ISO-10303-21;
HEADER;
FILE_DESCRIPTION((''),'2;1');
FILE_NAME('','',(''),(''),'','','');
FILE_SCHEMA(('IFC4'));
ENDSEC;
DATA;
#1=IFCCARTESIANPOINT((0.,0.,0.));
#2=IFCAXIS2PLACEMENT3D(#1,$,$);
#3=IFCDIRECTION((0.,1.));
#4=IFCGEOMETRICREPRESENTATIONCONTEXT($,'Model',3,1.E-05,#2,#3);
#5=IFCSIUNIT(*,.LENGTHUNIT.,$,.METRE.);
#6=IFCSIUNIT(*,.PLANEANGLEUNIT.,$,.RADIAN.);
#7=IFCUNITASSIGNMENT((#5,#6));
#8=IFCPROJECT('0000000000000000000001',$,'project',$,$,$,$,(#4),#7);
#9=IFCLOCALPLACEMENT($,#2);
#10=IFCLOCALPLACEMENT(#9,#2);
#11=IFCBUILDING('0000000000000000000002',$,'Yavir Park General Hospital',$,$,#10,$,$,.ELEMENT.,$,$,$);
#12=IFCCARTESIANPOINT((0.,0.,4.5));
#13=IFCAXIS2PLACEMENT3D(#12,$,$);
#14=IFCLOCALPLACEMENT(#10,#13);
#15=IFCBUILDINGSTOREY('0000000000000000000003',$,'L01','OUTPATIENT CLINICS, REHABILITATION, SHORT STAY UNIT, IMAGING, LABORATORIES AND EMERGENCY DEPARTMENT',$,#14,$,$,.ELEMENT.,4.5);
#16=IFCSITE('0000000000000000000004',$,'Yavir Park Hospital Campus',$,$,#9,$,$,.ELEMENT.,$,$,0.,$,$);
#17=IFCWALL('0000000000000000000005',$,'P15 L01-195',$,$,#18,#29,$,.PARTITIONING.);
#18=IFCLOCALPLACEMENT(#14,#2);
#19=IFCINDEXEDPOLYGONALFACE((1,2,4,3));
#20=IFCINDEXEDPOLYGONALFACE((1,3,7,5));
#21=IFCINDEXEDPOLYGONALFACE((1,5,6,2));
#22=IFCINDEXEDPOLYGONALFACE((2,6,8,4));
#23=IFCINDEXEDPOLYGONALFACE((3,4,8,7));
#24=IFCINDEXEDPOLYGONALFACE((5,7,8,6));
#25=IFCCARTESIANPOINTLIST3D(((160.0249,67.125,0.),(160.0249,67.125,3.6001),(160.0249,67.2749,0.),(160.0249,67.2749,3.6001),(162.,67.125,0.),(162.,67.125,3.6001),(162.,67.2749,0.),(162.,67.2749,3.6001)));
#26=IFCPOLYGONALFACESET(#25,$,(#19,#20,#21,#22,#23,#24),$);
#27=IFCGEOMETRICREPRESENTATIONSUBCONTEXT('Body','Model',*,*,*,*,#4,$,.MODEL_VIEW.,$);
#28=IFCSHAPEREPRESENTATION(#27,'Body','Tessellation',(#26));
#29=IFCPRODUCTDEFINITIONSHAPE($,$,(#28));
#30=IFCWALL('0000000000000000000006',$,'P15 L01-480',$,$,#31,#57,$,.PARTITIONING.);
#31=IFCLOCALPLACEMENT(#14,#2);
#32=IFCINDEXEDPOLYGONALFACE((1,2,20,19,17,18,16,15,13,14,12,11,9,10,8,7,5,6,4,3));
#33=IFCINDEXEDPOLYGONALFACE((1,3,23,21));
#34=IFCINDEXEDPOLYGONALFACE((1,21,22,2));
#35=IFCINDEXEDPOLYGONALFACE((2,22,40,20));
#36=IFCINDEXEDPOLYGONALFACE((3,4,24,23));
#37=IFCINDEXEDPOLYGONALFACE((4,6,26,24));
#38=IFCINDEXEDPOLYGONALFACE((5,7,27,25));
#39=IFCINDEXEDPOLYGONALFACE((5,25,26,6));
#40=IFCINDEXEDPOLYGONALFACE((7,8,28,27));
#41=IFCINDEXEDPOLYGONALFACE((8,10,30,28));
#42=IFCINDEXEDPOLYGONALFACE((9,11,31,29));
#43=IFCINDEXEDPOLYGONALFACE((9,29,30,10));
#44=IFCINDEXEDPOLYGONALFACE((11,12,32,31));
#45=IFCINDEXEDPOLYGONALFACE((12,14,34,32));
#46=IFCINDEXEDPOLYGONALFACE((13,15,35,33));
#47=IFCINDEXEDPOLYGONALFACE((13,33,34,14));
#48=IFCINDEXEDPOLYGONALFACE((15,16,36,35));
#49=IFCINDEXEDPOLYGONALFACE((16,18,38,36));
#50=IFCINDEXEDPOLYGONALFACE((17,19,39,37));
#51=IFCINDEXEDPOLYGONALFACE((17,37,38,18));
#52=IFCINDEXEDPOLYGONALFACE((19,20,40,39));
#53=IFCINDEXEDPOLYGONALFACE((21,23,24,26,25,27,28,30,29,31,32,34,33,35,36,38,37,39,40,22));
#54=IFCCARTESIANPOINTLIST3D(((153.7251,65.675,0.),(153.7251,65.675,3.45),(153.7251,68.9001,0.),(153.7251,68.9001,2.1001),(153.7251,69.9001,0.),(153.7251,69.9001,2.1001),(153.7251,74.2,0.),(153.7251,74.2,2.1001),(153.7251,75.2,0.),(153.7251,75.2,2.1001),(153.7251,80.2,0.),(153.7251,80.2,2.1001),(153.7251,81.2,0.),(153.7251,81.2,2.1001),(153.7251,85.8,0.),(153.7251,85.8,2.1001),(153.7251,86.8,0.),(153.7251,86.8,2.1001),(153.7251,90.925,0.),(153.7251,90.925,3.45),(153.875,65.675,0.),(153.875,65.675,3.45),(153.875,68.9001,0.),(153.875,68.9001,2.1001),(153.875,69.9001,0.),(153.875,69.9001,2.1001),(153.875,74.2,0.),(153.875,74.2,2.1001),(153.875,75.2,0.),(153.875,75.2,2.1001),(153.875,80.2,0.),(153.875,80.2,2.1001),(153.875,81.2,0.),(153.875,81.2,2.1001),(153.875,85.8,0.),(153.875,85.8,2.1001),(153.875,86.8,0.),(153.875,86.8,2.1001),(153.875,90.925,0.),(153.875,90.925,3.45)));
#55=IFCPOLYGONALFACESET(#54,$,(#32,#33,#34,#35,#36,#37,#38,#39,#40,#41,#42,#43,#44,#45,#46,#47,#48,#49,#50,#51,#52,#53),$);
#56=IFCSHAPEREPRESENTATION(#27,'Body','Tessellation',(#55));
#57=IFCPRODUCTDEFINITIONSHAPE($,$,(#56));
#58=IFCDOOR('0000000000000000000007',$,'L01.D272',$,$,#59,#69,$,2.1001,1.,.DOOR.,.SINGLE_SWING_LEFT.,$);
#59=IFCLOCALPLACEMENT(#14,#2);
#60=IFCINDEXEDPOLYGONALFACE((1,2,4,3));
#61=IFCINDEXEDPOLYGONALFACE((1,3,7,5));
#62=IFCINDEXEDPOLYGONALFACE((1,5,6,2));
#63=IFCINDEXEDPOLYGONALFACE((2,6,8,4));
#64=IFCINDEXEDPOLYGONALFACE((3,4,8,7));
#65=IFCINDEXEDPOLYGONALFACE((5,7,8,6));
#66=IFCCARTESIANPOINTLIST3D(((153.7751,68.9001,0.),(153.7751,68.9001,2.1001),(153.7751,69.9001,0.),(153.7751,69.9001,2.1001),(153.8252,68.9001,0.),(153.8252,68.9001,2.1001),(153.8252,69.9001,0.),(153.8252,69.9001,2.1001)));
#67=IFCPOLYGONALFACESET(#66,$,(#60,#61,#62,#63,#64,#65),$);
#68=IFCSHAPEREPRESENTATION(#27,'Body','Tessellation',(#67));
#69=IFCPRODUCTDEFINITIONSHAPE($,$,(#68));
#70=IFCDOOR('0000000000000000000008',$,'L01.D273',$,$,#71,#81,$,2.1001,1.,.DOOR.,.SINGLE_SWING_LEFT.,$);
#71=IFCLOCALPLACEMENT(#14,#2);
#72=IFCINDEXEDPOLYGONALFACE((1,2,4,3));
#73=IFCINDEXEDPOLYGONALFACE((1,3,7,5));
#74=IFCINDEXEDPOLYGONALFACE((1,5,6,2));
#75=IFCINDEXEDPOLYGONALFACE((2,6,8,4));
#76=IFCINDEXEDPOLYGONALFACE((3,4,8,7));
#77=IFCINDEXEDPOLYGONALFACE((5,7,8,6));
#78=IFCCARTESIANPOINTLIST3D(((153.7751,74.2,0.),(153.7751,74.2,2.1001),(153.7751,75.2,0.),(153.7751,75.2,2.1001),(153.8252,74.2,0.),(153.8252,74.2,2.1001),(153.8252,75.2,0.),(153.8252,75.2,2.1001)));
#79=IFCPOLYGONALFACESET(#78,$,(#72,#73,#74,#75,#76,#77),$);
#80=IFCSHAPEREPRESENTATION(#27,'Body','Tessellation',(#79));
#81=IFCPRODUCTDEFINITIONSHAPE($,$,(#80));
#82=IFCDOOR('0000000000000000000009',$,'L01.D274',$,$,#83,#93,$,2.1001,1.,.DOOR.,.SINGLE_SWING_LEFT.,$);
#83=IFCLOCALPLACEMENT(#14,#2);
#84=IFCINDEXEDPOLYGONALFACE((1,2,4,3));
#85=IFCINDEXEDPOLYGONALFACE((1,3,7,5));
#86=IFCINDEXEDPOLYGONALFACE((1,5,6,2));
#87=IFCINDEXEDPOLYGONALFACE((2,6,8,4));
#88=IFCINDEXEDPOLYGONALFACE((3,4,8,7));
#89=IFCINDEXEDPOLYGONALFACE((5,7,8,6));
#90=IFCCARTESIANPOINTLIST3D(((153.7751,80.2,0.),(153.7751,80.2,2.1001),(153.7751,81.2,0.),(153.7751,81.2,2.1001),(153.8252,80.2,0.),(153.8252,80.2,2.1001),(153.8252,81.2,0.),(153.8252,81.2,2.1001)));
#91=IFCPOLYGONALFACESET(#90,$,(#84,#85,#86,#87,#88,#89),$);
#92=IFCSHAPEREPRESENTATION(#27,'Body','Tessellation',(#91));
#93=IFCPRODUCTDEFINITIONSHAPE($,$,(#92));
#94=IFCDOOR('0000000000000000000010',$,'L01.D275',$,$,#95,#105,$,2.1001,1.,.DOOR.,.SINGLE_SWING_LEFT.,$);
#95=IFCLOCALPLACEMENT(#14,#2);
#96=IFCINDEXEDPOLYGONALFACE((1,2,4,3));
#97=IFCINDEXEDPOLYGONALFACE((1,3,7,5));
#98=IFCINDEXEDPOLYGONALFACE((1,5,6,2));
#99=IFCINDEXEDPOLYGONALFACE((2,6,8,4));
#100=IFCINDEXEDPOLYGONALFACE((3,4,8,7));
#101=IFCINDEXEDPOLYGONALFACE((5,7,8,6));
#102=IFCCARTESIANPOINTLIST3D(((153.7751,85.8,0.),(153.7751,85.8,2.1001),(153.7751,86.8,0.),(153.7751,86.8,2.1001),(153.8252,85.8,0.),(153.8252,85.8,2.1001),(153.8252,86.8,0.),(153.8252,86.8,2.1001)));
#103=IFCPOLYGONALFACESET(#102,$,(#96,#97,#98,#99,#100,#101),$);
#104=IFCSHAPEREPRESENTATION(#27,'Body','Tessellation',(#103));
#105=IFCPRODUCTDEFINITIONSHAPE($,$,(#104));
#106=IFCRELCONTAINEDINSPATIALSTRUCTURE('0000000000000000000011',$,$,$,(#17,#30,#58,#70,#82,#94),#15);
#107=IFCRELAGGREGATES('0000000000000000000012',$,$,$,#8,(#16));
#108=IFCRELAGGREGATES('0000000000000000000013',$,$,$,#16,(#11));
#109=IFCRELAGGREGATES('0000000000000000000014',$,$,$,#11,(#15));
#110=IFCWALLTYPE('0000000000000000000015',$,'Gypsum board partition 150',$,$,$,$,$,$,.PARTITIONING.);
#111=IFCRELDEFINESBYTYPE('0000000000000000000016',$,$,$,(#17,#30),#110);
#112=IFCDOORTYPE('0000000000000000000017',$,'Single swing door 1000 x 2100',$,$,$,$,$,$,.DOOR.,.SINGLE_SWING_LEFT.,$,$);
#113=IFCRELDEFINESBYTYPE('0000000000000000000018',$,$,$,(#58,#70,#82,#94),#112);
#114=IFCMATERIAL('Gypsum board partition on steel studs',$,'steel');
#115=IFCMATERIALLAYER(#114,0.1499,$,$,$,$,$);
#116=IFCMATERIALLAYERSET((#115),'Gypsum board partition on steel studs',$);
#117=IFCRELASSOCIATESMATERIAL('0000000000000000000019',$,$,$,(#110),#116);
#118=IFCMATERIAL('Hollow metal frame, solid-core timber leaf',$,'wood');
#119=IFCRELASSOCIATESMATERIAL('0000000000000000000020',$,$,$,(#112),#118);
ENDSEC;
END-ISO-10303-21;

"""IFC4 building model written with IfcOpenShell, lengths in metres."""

from ifc_helpers import new_model, si_unit, direction, frame, frame_2d, origin, place, context, subcontext, project, spatial, rectangle, extrude, material, layer, layer_set, type_object, element, fill, save


model = new_model("IFC4")

# Units and contexts
model_context = context("Model", 3, precision=1e-05, world=origin(), true_north=direction((0.0, 1.0)))
body_context = subcontext(model_context, "Body", "Model", "MODEL_VIEW")
ifc_project = project(units=[si_unit("LENGTHUNIT", "METRE"), si_unit("PLANEANGLEUNIT", "RADIAN")], contexts=[model_context])

# Site, building, storey
site_placement = place(None, origin())
site = spatial("IfcSite", under=ifc_project, at=site_placement, Name="Yavir Park Hospital Campus", CompositionType="ELEMENT", RefElevation=0.0)
building_placement = place(site_placement, origin())
building = spatial("IfcBuilding", under=site, at=building_placement, Name="Yavir Park General Hospital", CompositionType="ELEMENT")
storey_placement = place(building_placement, frame((0.0, 0.0, 4.5)))
storey = spatial("IfcBuildingStorey", under=building, at=storey_placement, Name="L01", Description="OUTPATIENT CLINICS, REHABILITATION, SHORT STAY UNIT, IMAGING, LABORATORIES AND EMERGENCY DEPARTMENT", CompositionType="ELEMENT", Elevation=4.5)

# Wall
ifc_material_1 = material(Name="Gypsum board partition on steel studs", Category="steel")
ifc_layer_1 = layer(ifc_material_1, 0.1499)
ifc_layer_set_1 = layer_set([ifc_layer_1], Name="Gypsum board partition on steel studs")
wall_type_1 = type_object("IfcWallType", Name="Gypsum board partition 150", PredefinedType="PARTITIONING", material=ifc_layer_set_1)
wall_1_placement = place(storey_placement, frame((160.0249, 67.2, 0.0), z_axis=(0.0, 0.0, 1.0), x_axis=(1.0, 0.0, 0.0)))
element("IfcWall", 1, at=wall_1_placement, inside=storey, type_object=wall_type_1, Name="P15 L01-195", PredefinedType="PARTITIONING", context=body_context, shape_type="SweptSolid", body=[
    extrude(rectangle(XDim=1.9751, YDim=0.1499, at=frame_2d((0.9875, 0.0))), origin(), (0.0, 0.0, 1.0), 3.6001),
])

# Wall, openings, doors
wall_2_placement = place(storey_placement, frame((153.8, 65.675, 0.0), z_axis=(0.0, 0.0, 1.0), x_axis=(0.0, 1.0, 0.0)))
wall_2 = element("IfcWall", 2, at=wall_2_placement, inside=storey, type_object=wall_type_1, Name="P15 L01-480", PredefinedType="PARTITIONING", context=body_context, shape_type="SweptSolid", body=[
    extrude(rectangle(XDim=25.25, YDim=0.1499, at=frame_2d((12.625, 0.0))), origin(), (0.0, 0.0, 1.0), 3.45),
])
opening_1_placement = place(wall_2_placement, frame((3.2251, 0.0, 0.0)))
opening_1 = element("IfcOpeningElement", 3, at=opening_1_placement, cuts=wall_2, PredefinedType="OPENING", context=body_context, shape_type="SweptSolid", body=[
    extrude(rectangle(XDim=1.0, YDim=2.1001, at=frame_2d((0.5, 1.05))), frame((0.0, 0.085, 0.0), z_axis=(0.0, -1.0, 0.0), x_axis=(1.0, 0.0, 0.0)), (0.0, 0.0, 1.0), 0.1699),
])
opening_2_placement = place(wall_2_placement, frame((8.5249, 0.0, 0.0)))
opening_2 = element("IfcOpeningElement", 4, at=opening_2_placement, cuts=wall_2, PredefinedType="OPENING", context=body_context, shape_type="SweptSolid", body=[
    extrude(rectangle(XDim=1.0, YDim=2.1001, at=frame_2d((0.5, 1.05))), frame((0.0, 0.085, 0.0), z_axis=(0.0, -1.0, 0.0), x_axis=(1.0, 0.0, 0.0)), (0.0, 0.0, 1.0), 0.1699),
])
opening_3_placement = place(wall_2_placement, frame((14.5249, 0.0, 0.0)))
opening_3 = element("IfcOpeningElement", 5, at=opening_3_placement, cuts=wall_2, PredefinedType="OPENING", context=body_context, shape_type="SweptSolid", body=[
    extrude(rectangle(XDim=1.0, YDim=2.1001, at=frame_2d((0.5, 1.05))), frame((0.0, 0.085, 0.0), z_axis=(0.0, -1.0, 0.0), x_axis=(1.0, 0.0, 0.0)), (0.0, 0.0, 1.0), 0.1699),
])
opening_4_placement = place(wall_2_placement, frame((20.125, 0.0, 0.0)))
opening_4 = element("IfcOpeningElement", 6, at=opening_4_placement, cuts=wall_2, PredefinedType="OPENING", context=body_context, shape_type="SweptSolid", body=[
    extrude(rectangle(XDim=1.0, YDim=2.1001, at=frame_2d((0.5, 1.05))), frame((0.0, 0.085, 0.0), z_axis=(0.0, -1.0, 0.0), x_axis=(1.0, 0.0, 0.0)), (0.0, 0.0, 1.0), 0.1699),
])
ifc_material_2 = material(Name="Hollow metal frame, solid-core timber leaf", Category="wood")
door_type_1 = type_object("IfcDoorType", Name="Single swing door 1000 x 2100", OperationType="SINGLE_SWING_LEFT", PredefinedType="DOOR", material=ifc_material_2)
door_1_placement = place(opening_1_placement, origin())
door_1 = element("IfcDoor", 7, at=door_1_placement, inside=storey, type_object=door_type_1, Name="L01.D272", OperationType="SINGLE_SWING_LEFT", OverallHeight=2.1001, OverallWidth=1.0, PredefinedType="DOOR", context=body_context, shape_type="SweptSolid", body=[
    extrude(rectangle(XDim=1.0, YDim=2.1001, at=frame_2d((0.5, 1.05))), frame((0.0, 0.0249, 0.0), z_axis=(0.0, -1.0, 0.0), x_axis=(1.0, 0.0, 0.0)), (0.0, 0.0, 1.0), 0.05),
])
fill(opening_1, door_1)
door_2_placement = place(opening_2_placement, origin())
door_2 = element("IfcDoor", 8, at=door_2_placement, inside=storey, type_object=door_type_1, Name="L01.D273", OperationType="SINGLE_SWING_LEFT", OverallHeight=2.1001, OverallWidth=1.0, PredefinedType="DOOR", context=body_context, shape_type="SweptSolid", body=[
    extrude(rectangle(XDim=1.0, YDim=2.1001, at=frame_2d((0.5, 1.05))), frame((0.0, 0.0249, 0.0), z_axis=(0.0, -1.0, 0.0), x_axis=(1.0, 0.0, 0.0)), (0.0, 0.0, 1.0), 0.05),
])
fill(opening_2, door_2)
door_3_placement = place(opening_3_placement, origin())
door_3 = element("IfcDoor", 9, at=door_3_placement, inside=storey, type_object=door_type_1, Name="L01.D274", OperationType="SINGLE_SWING_LEFT", OverallHeight=2.1001, OverallWidth=1.0, PredefinedType="DOOR", context=body_context, shape_type="SweptSolid", body=[
    extrude(rectangle(XDim=1.0, YDim=2.1001, at=frame_2d((0.5, 1.05))), frame((0.0, 0.0249, 0.0), z_axis=(0.0, -1.0, 0.0), x_axis=(1.0, 0.0, 0.0)), (0.0, 0.0, 1.0), 0.05),
])
fill(opening_3, door_3)
door_4_placement = place(opening_4_placement, origin())
door_4 = element("IfcDoor", 10, at=door_4_placement, inside=storey, type_object=door_type_1, Name="L01.D275", OperationType="SINGLE_SWING_LEFT", OverallHeight=2.1001, OverallWidth=1.0, PredefinedType="DOOR", context=body_context, shape_type="SweptSolid", body=[
    extrude(rectangle(XDim=1.0, YDim=2.1001, at=frame_2d((0.5, 1.05))), frame((0.0, 0.0249, 0.0), z_axis=(0.0, -1.0, 0.0), x_axis=(1.0, 0.0, 0.0)), (0.0, 0.0, 1.0), 0.05),
])
fill(opening_4, door_4)

save(model, "model.ifc")
